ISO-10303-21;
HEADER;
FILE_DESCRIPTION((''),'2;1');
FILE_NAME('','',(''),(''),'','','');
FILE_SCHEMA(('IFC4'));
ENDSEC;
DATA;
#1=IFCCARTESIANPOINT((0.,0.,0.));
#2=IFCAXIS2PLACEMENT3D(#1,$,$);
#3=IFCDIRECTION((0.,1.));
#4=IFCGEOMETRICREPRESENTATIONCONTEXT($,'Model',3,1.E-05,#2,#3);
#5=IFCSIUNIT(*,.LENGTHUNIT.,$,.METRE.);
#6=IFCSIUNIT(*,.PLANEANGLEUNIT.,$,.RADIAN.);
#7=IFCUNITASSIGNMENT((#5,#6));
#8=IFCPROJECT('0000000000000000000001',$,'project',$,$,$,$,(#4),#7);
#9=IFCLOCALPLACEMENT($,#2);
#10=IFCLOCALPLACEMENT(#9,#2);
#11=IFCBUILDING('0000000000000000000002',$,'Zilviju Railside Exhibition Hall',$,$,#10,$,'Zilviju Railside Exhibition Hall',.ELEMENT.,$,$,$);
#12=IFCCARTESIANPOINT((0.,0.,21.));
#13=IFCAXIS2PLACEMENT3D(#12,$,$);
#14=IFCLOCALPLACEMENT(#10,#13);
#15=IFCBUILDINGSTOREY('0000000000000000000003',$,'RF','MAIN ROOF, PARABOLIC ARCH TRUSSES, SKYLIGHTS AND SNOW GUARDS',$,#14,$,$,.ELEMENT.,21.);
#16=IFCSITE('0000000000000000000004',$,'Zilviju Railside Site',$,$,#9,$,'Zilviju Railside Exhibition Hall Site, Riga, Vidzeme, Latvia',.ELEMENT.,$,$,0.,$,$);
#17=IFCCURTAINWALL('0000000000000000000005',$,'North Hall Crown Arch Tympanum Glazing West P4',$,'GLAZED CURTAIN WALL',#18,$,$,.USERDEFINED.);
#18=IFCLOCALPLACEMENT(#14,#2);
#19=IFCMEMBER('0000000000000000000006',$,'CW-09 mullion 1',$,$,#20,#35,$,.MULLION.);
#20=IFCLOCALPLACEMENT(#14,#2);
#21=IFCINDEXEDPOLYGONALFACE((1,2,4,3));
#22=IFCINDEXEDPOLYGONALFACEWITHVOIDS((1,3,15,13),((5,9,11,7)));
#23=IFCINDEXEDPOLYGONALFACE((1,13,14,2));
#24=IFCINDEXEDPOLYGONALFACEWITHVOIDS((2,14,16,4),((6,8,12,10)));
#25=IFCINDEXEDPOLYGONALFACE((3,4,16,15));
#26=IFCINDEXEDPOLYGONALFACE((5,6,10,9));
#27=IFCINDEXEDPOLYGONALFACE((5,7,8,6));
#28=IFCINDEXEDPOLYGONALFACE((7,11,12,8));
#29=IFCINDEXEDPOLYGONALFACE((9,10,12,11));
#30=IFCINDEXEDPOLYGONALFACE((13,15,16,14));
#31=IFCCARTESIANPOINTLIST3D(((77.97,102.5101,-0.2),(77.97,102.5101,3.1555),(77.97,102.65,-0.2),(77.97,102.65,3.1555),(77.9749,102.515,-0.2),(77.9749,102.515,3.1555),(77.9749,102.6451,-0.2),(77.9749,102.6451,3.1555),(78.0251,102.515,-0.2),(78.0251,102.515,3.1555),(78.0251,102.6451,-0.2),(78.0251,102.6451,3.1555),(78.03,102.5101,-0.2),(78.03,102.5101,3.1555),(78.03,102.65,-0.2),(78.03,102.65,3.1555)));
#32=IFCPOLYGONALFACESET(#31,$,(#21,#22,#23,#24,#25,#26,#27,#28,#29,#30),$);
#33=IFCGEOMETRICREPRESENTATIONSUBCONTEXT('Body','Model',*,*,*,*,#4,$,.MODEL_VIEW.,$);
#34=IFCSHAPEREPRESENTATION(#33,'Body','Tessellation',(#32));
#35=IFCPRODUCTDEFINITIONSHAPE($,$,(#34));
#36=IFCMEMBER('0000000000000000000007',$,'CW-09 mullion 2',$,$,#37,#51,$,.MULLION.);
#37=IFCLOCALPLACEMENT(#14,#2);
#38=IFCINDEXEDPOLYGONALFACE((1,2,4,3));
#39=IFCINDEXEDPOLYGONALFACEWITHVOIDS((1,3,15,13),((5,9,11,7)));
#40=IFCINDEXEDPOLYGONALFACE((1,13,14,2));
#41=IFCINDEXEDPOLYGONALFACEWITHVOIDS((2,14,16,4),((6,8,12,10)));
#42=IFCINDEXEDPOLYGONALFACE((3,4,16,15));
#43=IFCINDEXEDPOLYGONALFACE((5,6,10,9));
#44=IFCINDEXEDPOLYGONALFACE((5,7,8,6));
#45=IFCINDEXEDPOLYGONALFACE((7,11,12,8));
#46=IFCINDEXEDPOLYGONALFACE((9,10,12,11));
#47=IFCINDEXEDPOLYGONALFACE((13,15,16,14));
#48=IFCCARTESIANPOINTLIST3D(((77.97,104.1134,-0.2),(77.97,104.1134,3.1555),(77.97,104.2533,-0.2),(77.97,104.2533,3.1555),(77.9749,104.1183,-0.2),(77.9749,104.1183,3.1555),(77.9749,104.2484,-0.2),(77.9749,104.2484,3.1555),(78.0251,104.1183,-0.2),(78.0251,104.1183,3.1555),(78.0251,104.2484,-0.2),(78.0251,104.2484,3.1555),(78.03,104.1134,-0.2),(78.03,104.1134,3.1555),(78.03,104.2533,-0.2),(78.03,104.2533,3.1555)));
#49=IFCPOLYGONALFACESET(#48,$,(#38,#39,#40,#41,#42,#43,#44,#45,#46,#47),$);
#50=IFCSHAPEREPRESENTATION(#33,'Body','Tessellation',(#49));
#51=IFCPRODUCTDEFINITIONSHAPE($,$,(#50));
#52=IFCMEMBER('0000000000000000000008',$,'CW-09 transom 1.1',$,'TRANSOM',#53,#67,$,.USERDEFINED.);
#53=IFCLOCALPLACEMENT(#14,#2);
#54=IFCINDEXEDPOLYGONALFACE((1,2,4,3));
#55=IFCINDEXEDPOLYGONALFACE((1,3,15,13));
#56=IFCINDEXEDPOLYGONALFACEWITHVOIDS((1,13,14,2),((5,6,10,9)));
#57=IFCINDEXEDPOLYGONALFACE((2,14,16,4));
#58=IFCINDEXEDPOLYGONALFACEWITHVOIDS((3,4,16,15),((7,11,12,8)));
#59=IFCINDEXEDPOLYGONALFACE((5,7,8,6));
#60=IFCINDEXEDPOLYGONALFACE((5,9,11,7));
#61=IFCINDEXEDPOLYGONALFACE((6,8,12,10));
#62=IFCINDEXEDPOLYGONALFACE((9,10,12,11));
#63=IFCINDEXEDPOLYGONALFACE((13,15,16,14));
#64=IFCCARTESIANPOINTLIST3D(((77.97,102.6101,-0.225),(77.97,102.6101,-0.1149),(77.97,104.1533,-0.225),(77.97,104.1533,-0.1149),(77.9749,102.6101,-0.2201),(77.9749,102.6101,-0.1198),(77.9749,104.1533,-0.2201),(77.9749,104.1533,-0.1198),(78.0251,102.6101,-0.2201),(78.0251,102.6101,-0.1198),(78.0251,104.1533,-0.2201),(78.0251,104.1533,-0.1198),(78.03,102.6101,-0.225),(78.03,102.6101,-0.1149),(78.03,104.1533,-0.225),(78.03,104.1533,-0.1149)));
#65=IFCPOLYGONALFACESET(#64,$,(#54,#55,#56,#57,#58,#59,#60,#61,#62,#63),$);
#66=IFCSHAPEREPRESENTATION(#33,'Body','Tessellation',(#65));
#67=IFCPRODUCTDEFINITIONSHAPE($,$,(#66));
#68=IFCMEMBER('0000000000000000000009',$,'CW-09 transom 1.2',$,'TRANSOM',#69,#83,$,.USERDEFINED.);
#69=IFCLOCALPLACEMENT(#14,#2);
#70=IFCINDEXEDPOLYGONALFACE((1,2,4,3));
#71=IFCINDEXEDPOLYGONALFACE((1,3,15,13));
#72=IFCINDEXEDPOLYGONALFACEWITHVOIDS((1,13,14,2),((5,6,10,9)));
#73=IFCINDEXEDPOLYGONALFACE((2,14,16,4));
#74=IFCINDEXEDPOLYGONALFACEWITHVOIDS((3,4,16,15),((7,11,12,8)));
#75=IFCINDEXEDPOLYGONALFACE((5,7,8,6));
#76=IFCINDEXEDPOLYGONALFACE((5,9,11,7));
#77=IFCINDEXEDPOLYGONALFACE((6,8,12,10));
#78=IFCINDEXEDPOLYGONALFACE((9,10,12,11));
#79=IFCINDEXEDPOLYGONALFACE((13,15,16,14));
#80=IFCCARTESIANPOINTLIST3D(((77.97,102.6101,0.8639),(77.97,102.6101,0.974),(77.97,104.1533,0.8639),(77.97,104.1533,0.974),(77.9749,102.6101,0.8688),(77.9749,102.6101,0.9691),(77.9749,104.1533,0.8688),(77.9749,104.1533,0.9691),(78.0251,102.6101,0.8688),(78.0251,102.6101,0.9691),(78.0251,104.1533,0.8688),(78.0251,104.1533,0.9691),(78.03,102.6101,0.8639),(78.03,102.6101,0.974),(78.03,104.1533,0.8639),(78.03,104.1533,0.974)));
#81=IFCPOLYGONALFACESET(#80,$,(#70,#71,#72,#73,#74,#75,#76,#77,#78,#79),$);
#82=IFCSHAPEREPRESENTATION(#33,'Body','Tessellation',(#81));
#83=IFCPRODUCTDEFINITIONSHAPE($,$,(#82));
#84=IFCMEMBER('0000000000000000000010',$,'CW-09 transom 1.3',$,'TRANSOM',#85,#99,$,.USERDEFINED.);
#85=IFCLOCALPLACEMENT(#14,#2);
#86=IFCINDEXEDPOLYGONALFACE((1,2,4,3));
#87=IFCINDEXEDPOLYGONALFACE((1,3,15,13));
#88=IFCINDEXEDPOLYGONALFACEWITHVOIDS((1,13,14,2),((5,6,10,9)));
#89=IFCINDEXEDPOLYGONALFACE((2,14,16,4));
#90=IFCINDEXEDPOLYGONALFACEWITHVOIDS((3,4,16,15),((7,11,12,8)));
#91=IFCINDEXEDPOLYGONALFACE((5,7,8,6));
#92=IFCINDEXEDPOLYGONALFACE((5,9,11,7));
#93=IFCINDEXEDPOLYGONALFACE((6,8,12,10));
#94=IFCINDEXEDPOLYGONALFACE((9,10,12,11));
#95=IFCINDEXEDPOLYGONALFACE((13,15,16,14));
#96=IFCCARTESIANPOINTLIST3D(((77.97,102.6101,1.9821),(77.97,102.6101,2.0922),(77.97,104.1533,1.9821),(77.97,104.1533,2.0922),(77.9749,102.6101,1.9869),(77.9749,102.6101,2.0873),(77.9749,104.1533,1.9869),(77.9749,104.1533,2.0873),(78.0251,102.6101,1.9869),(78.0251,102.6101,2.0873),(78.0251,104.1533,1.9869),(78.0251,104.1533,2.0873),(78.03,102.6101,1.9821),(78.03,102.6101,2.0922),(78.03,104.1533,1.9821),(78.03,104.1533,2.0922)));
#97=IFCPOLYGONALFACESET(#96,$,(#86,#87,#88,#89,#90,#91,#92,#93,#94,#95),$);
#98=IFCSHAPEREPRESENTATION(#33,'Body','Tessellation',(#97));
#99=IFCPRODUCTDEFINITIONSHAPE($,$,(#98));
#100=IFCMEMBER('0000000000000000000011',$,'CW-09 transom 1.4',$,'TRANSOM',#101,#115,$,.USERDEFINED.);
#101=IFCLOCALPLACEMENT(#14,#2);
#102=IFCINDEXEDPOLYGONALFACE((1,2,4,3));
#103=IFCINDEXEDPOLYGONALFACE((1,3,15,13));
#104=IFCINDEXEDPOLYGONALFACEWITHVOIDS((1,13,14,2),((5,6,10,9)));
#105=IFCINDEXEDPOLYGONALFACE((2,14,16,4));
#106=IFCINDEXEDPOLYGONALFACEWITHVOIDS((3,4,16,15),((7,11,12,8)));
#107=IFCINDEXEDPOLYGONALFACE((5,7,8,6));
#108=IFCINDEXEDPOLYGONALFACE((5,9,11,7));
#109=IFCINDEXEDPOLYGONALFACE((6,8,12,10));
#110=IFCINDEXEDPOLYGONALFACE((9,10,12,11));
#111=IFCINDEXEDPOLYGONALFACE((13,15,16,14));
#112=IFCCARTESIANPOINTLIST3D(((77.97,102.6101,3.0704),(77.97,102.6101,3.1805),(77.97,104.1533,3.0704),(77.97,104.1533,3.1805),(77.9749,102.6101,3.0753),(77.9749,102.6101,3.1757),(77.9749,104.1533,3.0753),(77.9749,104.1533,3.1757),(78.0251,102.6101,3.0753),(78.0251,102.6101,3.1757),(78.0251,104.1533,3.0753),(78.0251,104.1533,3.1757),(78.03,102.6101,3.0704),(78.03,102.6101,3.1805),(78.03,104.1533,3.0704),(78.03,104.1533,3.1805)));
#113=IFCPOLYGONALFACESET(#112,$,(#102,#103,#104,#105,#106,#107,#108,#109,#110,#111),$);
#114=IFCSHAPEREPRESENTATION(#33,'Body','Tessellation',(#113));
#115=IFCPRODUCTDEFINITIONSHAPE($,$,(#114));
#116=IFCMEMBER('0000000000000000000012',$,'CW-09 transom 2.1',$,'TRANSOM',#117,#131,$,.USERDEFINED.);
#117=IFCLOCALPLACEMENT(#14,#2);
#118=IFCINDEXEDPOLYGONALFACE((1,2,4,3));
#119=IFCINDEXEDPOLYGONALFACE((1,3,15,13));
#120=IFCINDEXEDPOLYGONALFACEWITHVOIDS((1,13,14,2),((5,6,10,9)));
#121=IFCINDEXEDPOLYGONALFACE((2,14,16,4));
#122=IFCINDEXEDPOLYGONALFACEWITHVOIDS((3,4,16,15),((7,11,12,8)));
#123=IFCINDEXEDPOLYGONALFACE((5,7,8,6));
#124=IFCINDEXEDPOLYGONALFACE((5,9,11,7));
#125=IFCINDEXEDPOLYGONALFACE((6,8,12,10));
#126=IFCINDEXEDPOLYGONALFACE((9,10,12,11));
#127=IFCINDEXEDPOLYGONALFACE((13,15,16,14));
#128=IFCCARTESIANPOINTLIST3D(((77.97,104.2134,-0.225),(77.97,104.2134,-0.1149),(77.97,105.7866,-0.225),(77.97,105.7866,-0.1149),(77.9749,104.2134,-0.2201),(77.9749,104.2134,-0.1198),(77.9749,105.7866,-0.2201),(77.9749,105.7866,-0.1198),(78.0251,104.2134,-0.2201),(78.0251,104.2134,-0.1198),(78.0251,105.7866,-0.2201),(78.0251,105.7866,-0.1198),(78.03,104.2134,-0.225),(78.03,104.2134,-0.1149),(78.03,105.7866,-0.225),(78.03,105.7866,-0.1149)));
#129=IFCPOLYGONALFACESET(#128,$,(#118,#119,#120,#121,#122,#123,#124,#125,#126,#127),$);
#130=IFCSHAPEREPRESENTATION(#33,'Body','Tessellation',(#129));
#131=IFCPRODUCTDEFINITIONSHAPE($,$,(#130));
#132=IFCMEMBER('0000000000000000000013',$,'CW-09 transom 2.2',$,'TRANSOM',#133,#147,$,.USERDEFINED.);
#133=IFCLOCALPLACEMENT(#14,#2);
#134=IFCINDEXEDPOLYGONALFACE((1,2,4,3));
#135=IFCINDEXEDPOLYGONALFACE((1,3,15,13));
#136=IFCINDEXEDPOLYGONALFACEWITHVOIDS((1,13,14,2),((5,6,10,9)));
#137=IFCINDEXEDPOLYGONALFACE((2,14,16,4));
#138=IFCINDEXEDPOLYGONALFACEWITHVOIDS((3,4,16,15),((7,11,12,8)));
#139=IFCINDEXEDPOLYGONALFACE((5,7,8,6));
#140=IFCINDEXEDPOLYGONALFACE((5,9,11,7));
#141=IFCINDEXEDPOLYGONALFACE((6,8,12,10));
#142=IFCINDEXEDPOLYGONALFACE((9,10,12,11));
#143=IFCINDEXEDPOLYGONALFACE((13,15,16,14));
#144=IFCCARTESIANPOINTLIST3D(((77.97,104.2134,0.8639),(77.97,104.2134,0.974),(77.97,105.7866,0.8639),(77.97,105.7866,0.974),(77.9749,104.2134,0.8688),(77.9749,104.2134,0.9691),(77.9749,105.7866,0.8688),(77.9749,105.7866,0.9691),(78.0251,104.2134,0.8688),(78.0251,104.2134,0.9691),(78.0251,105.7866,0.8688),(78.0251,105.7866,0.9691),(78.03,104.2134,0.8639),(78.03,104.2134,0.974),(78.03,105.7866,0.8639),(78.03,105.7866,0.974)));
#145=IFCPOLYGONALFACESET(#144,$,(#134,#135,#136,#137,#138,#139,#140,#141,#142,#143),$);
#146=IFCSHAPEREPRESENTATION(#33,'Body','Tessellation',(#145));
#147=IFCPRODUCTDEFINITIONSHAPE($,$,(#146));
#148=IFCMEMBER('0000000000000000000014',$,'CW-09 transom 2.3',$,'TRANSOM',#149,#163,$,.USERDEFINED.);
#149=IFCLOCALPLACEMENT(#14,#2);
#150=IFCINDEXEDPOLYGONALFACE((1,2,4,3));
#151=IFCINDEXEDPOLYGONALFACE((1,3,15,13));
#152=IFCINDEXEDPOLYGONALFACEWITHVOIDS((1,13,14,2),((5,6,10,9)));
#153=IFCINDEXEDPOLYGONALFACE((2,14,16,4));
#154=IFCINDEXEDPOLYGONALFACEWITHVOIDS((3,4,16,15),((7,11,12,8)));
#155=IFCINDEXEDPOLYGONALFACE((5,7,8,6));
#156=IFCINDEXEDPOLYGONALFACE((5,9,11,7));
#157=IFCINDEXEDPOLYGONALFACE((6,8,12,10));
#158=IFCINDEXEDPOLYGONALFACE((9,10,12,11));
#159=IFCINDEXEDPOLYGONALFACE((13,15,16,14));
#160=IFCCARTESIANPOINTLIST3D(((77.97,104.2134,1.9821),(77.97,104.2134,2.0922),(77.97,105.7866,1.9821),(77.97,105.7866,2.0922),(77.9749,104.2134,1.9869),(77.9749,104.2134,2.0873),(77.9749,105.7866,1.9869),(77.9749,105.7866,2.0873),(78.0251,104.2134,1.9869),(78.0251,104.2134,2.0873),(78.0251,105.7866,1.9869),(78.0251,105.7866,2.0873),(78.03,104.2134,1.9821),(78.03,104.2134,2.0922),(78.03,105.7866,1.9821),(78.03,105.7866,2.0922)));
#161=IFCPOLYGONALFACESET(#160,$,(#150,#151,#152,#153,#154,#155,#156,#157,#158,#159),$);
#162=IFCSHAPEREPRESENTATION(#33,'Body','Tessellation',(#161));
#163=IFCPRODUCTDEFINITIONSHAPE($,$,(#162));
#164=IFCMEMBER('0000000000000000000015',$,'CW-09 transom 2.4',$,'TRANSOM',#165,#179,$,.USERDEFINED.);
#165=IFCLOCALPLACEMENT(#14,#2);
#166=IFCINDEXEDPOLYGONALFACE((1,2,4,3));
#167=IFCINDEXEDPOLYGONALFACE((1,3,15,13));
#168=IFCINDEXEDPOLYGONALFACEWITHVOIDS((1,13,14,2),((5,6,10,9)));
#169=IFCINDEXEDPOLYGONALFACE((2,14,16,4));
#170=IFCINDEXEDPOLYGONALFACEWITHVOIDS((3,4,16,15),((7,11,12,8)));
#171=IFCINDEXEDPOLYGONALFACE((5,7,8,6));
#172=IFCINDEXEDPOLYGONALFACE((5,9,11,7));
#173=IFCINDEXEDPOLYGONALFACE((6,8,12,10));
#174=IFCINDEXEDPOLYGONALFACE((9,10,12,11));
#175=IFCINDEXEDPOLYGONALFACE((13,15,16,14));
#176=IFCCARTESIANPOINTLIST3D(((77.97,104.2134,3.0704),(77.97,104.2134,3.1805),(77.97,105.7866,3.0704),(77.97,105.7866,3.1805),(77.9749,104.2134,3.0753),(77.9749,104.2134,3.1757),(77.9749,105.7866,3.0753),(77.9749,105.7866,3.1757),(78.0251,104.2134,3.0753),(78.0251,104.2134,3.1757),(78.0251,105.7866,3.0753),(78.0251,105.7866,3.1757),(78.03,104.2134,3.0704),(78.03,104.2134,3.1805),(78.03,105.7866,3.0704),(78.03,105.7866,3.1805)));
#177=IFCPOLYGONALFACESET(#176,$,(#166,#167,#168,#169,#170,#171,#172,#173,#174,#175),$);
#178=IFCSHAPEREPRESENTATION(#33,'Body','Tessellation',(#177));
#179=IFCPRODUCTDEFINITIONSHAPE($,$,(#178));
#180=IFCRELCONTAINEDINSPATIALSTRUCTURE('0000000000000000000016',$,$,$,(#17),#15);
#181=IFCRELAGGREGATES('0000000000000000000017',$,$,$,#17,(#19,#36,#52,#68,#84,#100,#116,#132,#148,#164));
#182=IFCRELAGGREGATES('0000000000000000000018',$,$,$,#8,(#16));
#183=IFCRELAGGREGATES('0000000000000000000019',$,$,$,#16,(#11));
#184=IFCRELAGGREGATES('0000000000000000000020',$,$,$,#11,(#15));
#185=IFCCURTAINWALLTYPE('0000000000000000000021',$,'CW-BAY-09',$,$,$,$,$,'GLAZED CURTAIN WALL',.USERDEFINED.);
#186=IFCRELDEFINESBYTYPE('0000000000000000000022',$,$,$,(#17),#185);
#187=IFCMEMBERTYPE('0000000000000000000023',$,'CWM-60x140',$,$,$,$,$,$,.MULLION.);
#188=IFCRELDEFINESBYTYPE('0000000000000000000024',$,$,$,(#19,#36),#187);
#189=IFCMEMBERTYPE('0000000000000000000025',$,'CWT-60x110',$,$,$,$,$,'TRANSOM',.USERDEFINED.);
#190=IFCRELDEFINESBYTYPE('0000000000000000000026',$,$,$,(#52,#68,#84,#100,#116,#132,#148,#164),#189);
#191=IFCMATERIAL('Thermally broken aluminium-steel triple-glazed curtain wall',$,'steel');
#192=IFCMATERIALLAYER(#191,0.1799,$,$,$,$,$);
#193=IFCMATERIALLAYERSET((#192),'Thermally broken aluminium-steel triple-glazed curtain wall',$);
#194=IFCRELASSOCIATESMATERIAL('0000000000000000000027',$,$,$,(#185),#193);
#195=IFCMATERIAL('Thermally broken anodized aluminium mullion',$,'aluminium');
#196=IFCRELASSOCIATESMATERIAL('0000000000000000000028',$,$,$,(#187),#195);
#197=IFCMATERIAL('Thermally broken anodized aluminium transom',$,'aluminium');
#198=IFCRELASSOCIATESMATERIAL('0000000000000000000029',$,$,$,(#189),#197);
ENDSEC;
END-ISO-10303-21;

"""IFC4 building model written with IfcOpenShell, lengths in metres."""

from ifc_helpers import new_model, si_unit, direction, frame, origin, origin_2d, place, context, subcontext, project, spatial, hollow_rectangle, extrude, material, layer, layer_set, material_profile, profile_set, type_object, element, aggregate, save


model = new_model("IFC4")

# Units and contexts
model_context = context("Model", 3, precision=1e-05, world=origin(), true_north=direction((0.0, 1.0)))
body_context = subcontext(model_context, "Body", "Model", "MODEL_VIEW")
ifc_project = project(units=[si_unit("LENGTHUNIT", "METRE"), si_unit("PLANEANGLEUNIT", "RADIAN")], contexts=[model_context])

# Site, building, storey
site_placement = place(None, origin())
site = spatial("IfcSite", under=ifc_project, at=site_placement, Name="Zilviju Railside Site", LongName="Zilviju Railside Exhibition Hall Site, Riga, Vidzeme, Latvia", CompositionType="ELEMENT", RefElevation=0.0)
building_placement = place(site_placement, origin())
building = spatial("IfcBuilding", under=site, at=building_placement, Name="Zilviju Railside Exhibition Hall", LongName="Zilviju Railside Exhibition Hall", CompositionType="ELEMENT")
storey_placement = place(building_placement, frame((0.0, 0.0, 21.0)))
storey = spatial("IfcBuildingStorey", under=building, at=storey_placement, Name="RF", Description="MAIN ROOF, PARABOLIC ARCH TRUSSES, SKYLIGHTS AND SNOW GUARDS", CompositionType="ELEMENT", Elevation=21.0)

# Curtain wall, members
ifc_material_1 = material(Name="Thermally broken aluminium-steel triple-glazed curtain wall", Category="steel")
ifc_layer_1 = layer(ifc_material_1, 0.1799)
ifc_layer_set_1 = layer_set([ifc_layer_1], Name="Thermally broken aluminium-steel triple-glazed curtain wall")
curtain_wall_type_1 = type_object("IfcCurtainWallType", Name="CW-BAY-09", ElementType="GLAZED CURTAIN WALL", PredefinedType="USERDEFINED", material=ifc_layer_set_1)
curtain_wall_1_placement = place(storey_placement, origin())
curtain_wall_1 = element("IfcCurtainWall", 1, at=curtain_wall_1_placement, inside=storey, type_object=curtain_wall_type_1, Name="North Hall Crown Arch Tympanum Glazing West P4", ObjectType="GLAZED CURTAIN WALL", PredefinedType="USERDEFINED")
ifc_material_2 = material(Name="Thermally broken anodized aluminium mullion", Category="aluminium")
ifc_material_profile_1 = material_profile(ifc_material_2, hollow_rectangle(XDim=0.0601, YDim=0.1399, WallThickness=0.0049, at=origin_2d()), Name="MULLION 140x60x5")
ifc_profile_set_1 = profile_set([ifc_material_profile_1], Name="Thermally broken anodized aluminium mullion")
member_type_1 = type_object("IfcMemberType", Name="CWM-60x140", PredefinedType="MULLION", material=ifc_profile_set_1)
member_1_placement = place(storey_placement, frame((78.0, 102.5801, -0.2), z_axis=(0.0, 0.0, 1.0), x_axis=(-1.0, 0.0, 0.0)))
member_1 = element("IfcMember", 2, at=member_1_placement, type_object=member_type_1, Name="CW-09 mullion 1", PredefinedType="MULLION", context=body_context, shape_type="SweptSolid", body=[
    extrude(hollow_rectangle(XDim=0.0601, YDim=0.1399, WallThickness=0.0049, at=origin_2d()), origin(), (0.0, 0.0, 1.0), 3.3555),
])
member_2_placement = place(storey_placement, frame((78.0, 104.1833, -0.2), z_axis=(0.0, 0.0, 1.0), x_axis=(-1.0, 0.0, 0.0)))
member_2 = element("IfcMember", 3, at=member_2_placement, type_object=member_type_1, Name="CW-09 mullion 2", PredefinedType="MULLION", context=body_context, shape_type="SweptSolid", body=[
    extrude(hollow_rectangle(XDim=0.0601, YDim=0.1399, WallThickness=0.0049, at=origin_2d()), origin(), (0.0, 0.0, 1.0), 3.3555),
])
ifc_material_3 = material(Name="Thermally broken anodized aluminium transom", Category="aluminium")
ifc_material_profile_2 = material_profile(ifc_material_3, hollow_rectangle(XDim=0.0601, YDim=0.1101, WallThickness=0.0049, at=origin_2d()), Name="TRANSOM 110x60x5")
ifc_profile_set_2 = profile_set([ifc_material_profile_2], Name="Thermally broken anodized aluminium transom")
member_type_2 = type_object("IfcMemberType", Name="CWT-60x110", ElementType="TRANSOM", PredefinedType="USERDEFINED", material=ifc_profile_set_2)
member_3_placement = place(storey_placement, frame((78.0, 102.6101, -0.1699), z_axis=(0.0, 1.0, 0.0), x_axis=(-1.0, 0.0, 0.0)))
member_3 = element("IfcMember", 4, at=member_3_placement, type_object=member_type_2, Name="CW-09 transom 1.1", ObjectType="TRANSOM", PredefinedType="USERDEFINED", context=body_context, shape_type="SweptSolid", body=[
    extrude(hollow_rectangle(XDim=0.0601, YDim=0.1101, WallThickness=0.0049, at=origin_2d()), origin(), (0.0, 0.0, 1.0), 1.5432),
])
member_4_placement = place(storey_placement, frame((78.0, 102.6101, 0.9189), z_axis=(0.0, 1.0, 0.0), x_axis=(-1.0, 0.0, 0.0)))
member_4 = element("IfcMember", 5, at=member_4_placement, type_object=member_type_2, Name="CW-09 transom 1.2", ObjectType="TRANSOM", PredefinedType="USERDEFINED", context=body_context, shape_type="SweptSolid", body=[
    extrude(hollow_rectangle(XDim=0.0601, YDim=0.1101, WallThickness=0.0049, at=origin_2d()), origin(), (0.0, 0.0, 1.0), 1.5432),
])
member_5_placement = place(storey_placement, frame((78.0, 102.6101, 2.0371), z_axis=(0.0, 1.0, 0.0), x_axis=(-1.0, 0.0, 0.0)))
member_5 = element("IfcMember", 6, at=member_5_placement, type_object=member_type_2, Name="CW-09 transom 1.3", ObjectType="TRANSOM", PredefinedType="USERDEFINED", context=body_context, shape_type="SweptSolid", body=[
    extrude(hollow_rectangle(XDim=0.0601, YDim=0.1101, WallThickness=0.0049, at=origin_2d()), origin(), (0.0, 0.0, 1.0), 1.5432),
])
member_6_placement = place(storey_placement, frame((78.0, 102.6101, 3.1255), z_axis=(0.0, 1.0, 0.0), x_axis=(-1.0, 0.0, 0.0)))
member_6 = element("IfcMember", 7, at=member_6_placement, type_object=member_type_2, Name="CW-09 transom 1.4", ObjectType="TRANSOM", PredefinedType="USERDEFINED", context=body_context, shape_type="SweptSolid", body=[
    extrude(hollow_rectangle(XDim=0.0601, YDim=0.1101, WallThickness=0.0049, at=origin_2d()), origin(), (0.0, 0.0, 1.0), 1.5432),
])
member_7_placement = place(storey_placement, frame((78.0, 104.2134, -0.1699), z_axis=(0.0, 1.0, 0.0), x_axis=(-1.0, 0.0, 0.0)))
member_7 = element("IfcMember", 8, at=member_7_placement, type_object=member_type_2, Name="CW-09 transom 2.1", ObjectType="TRANSOM", PredefinedType="USERDEFINED", context=body_context, shape_type="SweptSolid", body=[
    extrude(hollow_rectangle(XDim=0.0601, YDim=0.1101, WallThickness=0.0049, at=origin_2d()), origin(), (0.0, 0.0, 1.0), 1.5732),
])
member_8_placement = place(storey_placement, frame((78.0, 104.2134, 0.9189), z_axis=(0.0, 1.0, 0.0), x_axis=(-1.0, 0.0, 0.0)))
member_8 = element("IfcMember", 9, at=member_8_placement, type_object=member_type_2, Name="CW-09 transom 2.2", ObjectType="TRANSOM", PredefinedType="USERDEFINED", context=body_context, shape_type="SweptSolid", body=[
    extrude(hollow_rectangle(XDim=0.0601, YDim=0.1101, WallThickness=0.0049, at=origin_2d()), origin(), (0.0, 0.0, 1.0), 1.5732),
])
member_9_placement = place(storey_placement, frame((78.0, 104.2134, 2.0371), z_axis=(0.0, 1.0, 0.0), x_axis=(-1.0, 0.0, 0.0)))
member_9 = element("IfcMember", 10, at=member_9_placement, type_object=member_type_2, Name="CW-09 transom 2.3", ObjectType="TRANSOM", PredefinedType="USERDEFINED", context=body_context, shape_type="SweptSolid", body=[
    extrude(hollow_rectangle(XDim=0.0601, YDim=0.1101, WallThickness=0.0049, at=origin_2d()), origin(), (0.0, 0.0, 1.0), 1.5732),
])
member_10_placement = place(storey_placement, frame((78.0, 104.2134, 3.1255), z_axis=(0.0, 1.0, 0.0), x_axis=(-1.0, 0.0, 0.0)))
member_10 = element("IfcMember", 11, at=member_10_placement, type_object=member_type_2, Name="CW-09 transom 2.4", ObjectType="TRANSOM", PredefinedType="USERDEFINED", context=body_context, shape_type="SweptSolid", body=[
    extrude(hollow_rectangle(XDim=0.0601, YDim=0.1101, WallThickness=0.0049, at=origin_2d()), origin(), (0.0, 0.0, 1.0), 1.5732),
])

aggregate(curtain_wall_1, [member_1, member_2, member_3, member_4, member_5, member_6, member_7, member_8, member_9, member_10])

save(model, "model.ifc")
